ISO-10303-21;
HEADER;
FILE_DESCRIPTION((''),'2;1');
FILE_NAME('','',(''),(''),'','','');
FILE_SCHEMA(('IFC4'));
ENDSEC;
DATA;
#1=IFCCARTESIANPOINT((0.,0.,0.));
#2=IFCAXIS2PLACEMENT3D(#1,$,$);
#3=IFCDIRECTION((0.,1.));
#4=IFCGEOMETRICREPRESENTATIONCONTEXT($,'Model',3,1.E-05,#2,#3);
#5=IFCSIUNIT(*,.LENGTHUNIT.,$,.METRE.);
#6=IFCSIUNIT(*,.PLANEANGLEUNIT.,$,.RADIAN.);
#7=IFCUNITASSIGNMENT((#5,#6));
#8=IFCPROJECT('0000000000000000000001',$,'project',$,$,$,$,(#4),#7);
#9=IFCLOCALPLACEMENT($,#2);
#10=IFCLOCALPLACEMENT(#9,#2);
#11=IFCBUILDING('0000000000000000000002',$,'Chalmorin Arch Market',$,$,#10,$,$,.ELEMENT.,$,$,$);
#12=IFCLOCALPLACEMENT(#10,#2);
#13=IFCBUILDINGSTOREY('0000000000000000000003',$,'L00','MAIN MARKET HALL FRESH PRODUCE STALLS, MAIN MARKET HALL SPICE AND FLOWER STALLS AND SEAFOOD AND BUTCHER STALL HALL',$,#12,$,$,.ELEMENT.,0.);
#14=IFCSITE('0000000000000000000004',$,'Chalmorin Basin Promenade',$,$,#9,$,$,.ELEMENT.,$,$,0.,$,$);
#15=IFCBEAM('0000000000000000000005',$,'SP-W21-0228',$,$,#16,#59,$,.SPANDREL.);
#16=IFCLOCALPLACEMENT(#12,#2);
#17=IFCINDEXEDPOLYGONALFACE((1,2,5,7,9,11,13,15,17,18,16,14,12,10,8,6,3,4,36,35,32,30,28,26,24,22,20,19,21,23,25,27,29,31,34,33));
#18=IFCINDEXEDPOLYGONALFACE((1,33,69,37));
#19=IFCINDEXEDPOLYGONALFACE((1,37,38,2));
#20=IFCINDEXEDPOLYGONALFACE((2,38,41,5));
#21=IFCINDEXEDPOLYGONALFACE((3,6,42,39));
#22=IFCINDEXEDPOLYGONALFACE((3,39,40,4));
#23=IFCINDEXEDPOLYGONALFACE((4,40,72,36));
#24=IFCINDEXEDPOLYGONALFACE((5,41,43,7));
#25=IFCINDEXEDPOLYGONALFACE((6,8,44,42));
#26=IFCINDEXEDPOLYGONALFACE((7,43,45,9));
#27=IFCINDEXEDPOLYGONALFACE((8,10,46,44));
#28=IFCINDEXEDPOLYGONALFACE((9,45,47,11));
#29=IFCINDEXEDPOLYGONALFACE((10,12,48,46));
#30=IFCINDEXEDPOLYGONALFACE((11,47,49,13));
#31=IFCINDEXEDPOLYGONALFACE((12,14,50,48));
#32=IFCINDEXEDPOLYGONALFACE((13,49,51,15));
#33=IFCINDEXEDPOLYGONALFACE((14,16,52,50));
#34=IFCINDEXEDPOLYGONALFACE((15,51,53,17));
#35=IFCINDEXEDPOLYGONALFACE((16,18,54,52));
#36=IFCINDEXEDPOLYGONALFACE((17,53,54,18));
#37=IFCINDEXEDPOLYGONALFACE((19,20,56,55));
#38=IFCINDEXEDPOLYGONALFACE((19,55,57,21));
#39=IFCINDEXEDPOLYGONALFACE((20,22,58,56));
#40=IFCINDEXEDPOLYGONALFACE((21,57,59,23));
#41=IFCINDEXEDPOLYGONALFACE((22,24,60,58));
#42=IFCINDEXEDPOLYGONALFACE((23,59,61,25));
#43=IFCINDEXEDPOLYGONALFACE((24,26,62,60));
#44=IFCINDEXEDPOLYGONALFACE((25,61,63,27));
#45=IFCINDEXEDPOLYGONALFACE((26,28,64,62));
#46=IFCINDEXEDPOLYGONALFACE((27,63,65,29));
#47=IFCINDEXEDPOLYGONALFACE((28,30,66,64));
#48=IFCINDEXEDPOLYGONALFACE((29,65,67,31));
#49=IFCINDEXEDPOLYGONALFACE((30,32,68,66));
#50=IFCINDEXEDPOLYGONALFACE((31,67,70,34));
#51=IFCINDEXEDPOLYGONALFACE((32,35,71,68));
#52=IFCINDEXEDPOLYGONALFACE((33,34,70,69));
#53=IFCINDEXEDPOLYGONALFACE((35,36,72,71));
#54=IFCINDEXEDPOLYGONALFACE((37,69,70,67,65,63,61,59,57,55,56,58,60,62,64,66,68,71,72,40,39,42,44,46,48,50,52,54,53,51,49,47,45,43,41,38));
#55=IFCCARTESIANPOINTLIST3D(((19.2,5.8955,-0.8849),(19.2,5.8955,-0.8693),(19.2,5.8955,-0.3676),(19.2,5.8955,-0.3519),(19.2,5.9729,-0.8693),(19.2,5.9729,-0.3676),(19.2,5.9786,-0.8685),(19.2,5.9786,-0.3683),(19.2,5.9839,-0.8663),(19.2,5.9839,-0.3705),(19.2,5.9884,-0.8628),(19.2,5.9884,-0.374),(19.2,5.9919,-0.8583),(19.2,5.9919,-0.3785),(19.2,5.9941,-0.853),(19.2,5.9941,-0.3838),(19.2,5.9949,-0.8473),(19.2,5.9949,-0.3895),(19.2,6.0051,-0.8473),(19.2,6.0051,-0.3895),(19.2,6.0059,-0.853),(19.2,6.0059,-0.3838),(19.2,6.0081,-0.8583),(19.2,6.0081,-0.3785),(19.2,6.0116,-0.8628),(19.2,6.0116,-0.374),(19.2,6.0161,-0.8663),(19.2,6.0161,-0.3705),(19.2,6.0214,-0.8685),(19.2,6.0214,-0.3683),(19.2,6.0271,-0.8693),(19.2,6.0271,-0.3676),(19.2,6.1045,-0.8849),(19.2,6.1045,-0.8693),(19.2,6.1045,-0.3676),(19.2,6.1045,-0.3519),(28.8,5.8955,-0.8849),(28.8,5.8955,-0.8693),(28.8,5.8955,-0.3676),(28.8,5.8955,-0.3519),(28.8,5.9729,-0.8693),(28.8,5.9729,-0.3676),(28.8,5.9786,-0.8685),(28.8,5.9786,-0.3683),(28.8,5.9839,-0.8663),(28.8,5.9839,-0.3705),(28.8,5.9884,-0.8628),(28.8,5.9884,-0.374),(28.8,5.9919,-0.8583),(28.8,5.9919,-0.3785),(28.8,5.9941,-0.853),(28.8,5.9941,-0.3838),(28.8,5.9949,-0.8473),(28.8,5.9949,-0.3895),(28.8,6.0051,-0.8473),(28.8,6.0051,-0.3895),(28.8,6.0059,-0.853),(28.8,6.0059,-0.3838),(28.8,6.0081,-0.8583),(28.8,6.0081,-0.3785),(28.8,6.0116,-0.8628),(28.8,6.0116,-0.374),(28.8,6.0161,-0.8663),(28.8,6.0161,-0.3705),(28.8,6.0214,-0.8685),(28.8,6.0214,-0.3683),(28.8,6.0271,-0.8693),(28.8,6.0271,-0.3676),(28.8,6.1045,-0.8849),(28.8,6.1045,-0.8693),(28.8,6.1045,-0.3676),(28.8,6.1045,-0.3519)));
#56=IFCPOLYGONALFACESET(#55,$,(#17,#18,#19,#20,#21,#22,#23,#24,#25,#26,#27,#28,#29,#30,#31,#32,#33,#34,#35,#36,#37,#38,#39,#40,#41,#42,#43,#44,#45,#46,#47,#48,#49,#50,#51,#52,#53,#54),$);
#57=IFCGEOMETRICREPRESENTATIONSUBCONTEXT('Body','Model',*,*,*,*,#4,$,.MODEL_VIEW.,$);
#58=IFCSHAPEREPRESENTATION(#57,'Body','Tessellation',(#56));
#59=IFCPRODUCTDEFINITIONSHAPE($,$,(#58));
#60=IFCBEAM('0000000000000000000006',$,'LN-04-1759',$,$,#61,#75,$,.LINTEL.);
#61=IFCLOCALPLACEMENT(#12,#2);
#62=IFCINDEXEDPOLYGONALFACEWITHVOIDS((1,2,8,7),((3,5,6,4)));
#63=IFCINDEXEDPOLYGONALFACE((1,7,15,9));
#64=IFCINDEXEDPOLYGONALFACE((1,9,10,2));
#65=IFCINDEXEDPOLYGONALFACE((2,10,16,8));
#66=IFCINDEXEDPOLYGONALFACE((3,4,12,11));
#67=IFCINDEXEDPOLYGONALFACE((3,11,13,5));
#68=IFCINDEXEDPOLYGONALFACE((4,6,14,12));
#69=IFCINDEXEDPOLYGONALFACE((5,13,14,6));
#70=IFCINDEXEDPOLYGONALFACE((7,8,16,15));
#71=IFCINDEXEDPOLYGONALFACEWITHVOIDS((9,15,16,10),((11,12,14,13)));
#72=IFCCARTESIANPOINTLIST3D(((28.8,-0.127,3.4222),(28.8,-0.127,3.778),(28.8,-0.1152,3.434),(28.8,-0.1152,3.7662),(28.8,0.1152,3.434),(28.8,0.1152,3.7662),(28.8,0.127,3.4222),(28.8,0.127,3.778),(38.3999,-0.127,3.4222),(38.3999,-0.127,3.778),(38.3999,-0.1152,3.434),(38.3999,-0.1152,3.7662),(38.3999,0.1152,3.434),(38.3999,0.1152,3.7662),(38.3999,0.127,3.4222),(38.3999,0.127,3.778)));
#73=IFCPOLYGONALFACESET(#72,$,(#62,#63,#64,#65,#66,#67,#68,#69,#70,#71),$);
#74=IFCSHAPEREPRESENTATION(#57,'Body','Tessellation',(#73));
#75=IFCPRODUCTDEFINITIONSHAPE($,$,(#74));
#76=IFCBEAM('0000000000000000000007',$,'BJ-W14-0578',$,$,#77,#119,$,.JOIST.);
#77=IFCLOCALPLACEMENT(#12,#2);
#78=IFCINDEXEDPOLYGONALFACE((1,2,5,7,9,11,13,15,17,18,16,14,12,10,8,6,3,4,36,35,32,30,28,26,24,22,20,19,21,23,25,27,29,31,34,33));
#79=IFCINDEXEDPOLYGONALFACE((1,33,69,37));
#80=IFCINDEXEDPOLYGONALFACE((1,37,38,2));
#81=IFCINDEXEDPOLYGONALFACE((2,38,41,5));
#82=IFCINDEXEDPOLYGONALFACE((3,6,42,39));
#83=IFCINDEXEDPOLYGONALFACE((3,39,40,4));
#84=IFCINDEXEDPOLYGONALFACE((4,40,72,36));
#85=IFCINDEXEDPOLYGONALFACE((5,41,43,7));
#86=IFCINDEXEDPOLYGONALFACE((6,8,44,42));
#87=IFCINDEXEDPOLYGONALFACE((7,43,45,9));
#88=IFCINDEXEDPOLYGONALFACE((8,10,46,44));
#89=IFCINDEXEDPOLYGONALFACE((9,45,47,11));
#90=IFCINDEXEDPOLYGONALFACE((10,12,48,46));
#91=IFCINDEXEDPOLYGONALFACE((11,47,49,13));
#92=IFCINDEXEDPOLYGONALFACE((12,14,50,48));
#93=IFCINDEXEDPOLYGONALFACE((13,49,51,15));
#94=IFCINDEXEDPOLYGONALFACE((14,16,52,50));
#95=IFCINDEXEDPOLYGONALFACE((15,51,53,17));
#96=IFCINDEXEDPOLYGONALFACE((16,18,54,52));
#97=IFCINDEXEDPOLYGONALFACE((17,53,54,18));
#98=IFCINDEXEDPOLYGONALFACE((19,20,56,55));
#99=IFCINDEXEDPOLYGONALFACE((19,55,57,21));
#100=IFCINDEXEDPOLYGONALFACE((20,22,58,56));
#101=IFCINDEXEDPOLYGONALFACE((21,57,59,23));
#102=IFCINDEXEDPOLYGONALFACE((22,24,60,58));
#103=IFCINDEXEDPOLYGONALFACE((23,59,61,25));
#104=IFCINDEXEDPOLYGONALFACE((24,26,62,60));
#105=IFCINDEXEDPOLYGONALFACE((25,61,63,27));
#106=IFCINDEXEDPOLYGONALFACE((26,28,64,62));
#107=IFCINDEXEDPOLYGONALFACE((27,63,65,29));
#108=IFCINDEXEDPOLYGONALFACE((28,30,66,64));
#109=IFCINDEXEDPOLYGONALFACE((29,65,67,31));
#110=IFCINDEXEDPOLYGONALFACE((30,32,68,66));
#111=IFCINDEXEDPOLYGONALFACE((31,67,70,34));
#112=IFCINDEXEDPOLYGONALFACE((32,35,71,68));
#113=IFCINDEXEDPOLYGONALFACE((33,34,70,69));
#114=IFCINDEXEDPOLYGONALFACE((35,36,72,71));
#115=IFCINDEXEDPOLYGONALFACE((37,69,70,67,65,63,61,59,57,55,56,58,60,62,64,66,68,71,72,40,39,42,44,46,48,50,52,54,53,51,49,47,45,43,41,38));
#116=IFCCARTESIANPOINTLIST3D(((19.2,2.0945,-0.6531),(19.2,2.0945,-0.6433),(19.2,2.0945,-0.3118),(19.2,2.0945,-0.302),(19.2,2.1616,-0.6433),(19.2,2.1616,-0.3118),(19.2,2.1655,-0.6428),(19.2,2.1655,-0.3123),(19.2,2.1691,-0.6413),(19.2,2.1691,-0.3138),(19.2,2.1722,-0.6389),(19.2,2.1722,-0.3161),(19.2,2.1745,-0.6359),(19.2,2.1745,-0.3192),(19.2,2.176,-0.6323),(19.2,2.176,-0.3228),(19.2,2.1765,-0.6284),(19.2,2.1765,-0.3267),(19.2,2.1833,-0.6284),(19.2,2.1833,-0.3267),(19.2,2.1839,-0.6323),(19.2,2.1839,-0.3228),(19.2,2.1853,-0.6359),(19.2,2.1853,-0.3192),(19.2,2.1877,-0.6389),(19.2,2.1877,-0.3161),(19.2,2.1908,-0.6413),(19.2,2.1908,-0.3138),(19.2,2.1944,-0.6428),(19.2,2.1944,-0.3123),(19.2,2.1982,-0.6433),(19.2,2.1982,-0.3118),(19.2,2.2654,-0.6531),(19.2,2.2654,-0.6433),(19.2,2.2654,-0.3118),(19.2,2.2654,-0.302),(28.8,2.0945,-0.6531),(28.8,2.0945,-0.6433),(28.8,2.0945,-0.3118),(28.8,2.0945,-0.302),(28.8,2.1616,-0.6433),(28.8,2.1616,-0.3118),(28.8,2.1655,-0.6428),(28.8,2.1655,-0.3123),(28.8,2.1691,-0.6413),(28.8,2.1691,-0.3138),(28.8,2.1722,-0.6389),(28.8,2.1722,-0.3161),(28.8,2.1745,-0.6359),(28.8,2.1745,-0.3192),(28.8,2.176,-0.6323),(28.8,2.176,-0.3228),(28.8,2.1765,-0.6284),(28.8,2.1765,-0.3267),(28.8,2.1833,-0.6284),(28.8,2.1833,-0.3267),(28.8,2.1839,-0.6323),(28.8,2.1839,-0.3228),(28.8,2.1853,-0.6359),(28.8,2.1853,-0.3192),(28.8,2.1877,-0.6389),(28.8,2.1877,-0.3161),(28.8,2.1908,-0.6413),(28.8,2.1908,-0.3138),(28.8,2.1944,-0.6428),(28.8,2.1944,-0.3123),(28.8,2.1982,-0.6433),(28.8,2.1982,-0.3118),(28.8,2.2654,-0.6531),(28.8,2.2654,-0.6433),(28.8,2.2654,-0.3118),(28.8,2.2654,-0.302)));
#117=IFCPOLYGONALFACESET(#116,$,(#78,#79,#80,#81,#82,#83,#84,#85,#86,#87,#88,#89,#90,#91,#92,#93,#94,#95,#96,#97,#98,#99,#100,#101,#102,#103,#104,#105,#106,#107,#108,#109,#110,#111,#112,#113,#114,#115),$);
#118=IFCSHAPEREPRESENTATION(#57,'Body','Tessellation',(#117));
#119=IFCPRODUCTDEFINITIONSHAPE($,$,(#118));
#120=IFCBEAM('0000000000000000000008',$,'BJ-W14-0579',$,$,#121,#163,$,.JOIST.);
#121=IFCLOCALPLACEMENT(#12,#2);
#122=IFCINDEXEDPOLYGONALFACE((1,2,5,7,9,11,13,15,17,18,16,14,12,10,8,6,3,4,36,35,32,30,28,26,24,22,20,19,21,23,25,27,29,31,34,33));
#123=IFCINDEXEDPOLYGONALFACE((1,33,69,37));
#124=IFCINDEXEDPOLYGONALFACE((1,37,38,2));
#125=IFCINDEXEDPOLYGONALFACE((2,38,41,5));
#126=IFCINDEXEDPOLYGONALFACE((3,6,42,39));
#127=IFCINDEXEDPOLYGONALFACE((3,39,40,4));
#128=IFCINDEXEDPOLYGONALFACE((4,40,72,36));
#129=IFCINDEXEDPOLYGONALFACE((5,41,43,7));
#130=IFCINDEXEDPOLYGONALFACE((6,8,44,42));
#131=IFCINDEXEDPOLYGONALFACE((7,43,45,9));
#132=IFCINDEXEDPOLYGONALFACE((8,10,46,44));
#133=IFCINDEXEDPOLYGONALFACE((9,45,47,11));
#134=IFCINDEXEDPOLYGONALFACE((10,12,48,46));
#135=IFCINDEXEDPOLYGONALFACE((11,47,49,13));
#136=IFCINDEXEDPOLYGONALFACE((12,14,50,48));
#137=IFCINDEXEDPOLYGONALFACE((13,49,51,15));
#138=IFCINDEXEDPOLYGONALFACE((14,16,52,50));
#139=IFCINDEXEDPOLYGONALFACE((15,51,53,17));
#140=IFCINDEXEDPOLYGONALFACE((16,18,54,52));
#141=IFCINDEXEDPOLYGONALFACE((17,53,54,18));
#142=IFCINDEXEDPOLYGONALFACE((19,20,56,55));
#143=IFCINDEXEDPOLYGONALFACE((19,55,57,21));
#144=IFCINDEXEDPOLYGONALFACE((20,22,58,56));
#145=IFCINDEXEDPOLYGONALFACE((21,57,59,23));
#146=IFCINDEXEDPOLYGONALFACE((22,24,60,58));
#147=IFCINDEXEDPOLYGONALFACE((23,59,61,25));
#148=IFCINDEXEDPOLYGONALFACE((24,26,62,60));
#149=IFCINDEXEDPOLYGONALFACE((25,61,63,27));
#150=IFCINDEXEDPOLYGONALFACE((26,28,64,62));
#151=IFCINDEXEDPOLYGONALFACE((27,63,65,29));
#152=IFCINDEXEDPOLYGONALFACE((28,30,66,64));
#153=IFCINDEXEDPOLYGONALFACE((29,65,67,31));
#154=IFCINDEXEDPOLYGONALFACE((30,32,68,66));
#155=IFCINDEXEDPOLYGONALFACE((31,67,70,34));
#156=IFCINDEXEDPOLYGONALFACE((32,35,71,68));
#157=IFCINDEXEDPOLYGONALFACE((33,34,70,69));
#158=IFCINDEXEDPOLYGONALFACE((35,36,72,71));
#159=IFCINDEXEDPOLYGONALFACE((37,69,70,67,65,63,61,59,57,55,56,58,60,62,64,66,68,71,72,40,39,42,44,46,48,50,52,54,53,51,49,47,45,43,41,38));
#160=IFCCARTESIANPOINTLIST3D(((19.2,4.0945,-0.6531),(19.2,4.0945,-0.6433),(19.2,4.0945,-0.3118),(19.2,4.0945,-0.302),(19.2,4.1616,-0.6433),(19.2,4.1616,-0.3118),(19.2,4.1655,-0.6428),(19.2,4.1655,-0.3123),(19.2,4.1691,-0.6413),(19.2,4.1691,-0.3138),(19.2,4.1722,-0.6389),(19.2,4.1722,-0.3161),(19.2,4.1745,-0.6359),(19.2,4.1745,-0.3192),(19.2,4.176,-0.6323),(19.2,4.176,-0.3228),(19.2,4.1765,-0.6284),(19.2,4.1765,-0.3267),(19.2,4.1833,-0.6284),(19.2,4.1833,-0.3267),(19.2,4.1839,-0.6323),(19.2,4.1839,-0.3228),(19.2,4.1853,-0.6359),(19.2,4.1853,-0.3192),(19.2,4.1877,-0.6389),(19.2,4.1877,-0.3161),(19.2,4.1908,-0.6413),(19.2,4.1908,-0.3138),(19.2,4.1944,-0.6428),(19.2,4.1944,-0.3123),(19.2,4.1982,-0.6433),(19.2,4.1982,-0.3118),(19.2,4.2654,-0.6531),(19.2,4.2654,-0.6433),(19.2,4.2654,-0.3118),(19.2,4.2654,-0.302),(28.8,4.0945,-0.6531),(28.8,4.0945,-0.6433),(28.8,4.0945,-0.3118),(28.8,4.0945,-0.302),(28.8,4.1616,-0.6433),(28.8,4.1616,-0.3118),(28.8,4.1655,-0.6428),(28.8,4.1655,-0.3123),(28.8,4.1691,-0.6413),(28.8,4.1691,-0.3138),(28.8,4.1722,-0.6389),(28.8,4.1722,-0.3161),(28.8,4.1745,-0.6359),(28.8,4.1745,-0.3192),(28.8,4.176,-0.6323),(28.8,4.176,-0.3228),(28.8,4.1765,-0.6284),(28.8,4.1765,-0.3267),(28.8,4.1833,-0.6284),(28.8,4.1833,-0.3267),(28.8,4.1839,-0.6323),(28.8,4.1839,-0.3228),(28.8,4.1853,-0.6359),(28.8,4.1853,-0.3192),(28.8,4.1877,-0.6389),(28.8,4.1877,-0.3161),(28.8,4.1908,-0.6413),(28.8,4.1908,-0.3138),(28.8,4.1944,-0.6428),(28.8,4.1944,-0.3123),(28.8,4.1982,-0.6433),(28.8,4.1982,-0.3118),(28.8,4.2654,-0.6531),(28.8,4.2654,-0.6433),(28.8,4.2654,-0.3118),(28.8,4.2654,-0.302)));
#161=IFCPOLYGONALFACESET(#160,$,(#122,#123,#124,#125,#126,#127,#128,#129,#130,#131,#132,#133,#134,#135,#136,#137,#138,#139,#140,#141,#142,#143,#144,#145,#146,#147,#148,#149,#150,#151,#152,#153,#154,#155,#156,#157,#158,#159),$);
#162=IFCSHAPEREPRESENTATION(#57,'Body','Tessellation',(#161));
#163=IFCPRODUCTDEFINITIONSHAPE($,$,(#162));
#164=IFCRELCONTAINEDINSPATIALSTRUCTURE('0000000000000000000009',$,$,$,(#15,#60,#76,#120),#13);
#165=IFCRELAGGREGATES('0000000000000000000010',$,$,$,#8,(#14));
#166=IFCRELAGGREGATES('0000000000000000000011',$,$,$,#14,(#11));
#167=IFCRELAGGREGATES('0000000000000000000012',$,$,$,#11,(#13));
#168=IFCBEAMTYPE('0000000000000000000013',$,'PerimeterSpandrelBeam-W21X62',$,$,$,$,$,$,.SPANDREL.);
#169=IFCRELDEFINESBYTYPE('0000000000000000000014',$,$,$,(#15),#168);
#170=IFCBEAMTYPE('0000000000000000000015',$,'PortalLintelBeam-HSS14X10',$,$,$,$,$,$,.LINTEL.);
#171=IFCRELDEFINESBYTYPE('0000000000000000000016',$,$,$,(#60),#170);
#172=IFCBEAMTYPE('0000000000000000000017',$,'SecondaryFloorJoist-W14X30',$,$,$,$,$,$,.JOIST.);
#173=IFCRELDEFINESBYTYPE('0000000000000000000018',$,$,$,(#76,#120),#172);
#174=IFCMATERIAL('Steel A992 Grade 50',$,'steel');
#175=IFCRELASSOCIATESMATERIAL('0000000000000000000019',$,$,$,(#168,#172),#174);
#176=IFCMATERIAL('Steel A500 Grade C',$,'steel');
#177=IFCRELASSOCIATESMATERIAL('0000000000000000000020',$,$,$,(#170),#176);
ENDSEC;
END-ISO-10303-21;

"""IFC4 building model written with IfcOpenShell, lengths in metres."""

from ifc_helpers import new_model, si_unit, direction, frame, origin, origin_2d, place, context, subcontext, project, spatial, hollow_rectangle, i_section, extrude, material, material_profile, profile_set, type_object, element, save


model = new_model("IFC4")

# Units and contexts
model_context = context("Model", 3, precision=1e-05, world=origin(), true_north=direction((0.0, 1.0)))
body_context = subcontext(model_context, "Body", "Model", "MODEL_VIEW")
ifc_project = project(units=[si_unit("LENGTHUNIT", "METRE"), si_unit("PLANEANGLEUNIT", "RADIAN")], contexts=[model_context])

# Site, building, storey
site_placement = place(None, origin())
site = spatial("IfcSite", under=ifc_project, at=site_placement, Name="Chalmorin Basin Promenade", CompositionType="ELEMENT", RefElevation=0.0)
building_placement = place(site_placement, origin())
building = spatial("IfcBuilding", under=site, at=building_placement, Name="Chalmorin Arch Market", CompositionType="ELEMENT")
storey_placement = place(building_placement, origin())
storey = spatial("IfcBuildingStorey", under=building, at=storey_placement, Name="L00", Description="MAIN MARKET HALL FRESH PRODUCE STALLS, MAIN MARKET HALL SPICE AND FLOWER STALLS AND SEAFOOD AND BUTCHER STALL HALL", CompositionType="ELEMENT", Elevation=0.0)

# Shared definitions
ifc_material_1 = material(Name="Steel A500 Grade C", Category="steel")

# Beams
ifc_material_2 = material(Name="Steel A992 Grade 50", Category="steel")
ifc_material_profile_1 = material_profile(ifc_material_2, i_section(OverallWidth=0.209, OverallDepth=0.533, WebThickness=0.0103, FlangeThickness=0.0156, FilletRadius=0.022, at=origin_2d()), Name="W21X62")
ifc_profile_set_1 = profile_set([ifc_material_profile_1], Name="Steel A992 Grade 50")
beam_type_1 = type_object("IfcBeamType", Name="PerimeterSpandrelBeam-W21X62", PredefinedType="SPANDREL", material=ifc_profile_set_1)
beam_1_placement = place(storey_placement, frame((19.2, 6.0, -0.6184), z_axis=(1.0, 0.0, 0.0), x_axis=(0.0, 1.0, 0.0)))
element("IfcBeam", 1, at=beam_1_placement, inside=storey, type_object=beam_type_1, Name="SP-W21-0228", PredefinedType="SPANDREL", context=body_context, shape_type="SweptSolid", body=[
    extrude(i_section(OverallWidth=0.209, OverallDepth=0.533, WebThickness=0.0103, FlangeThickness=0.0156, FilletRadius=0.022, at=origin_2d()), origin(), (0.0, 0.0, 1.0), 9.6001),
])
ifc_material_profile_2 = material_profile(ifc_material_1, hollow_rectangle(XDim=0.2539, YDim=0.3557, WallThickness=0.0117, at=origin_2d()), Name="HSS14X10X1/2")
ifc_profile_set_2 = profile_set([ifc_material_profile_2], Name="Steel A500 Grade C")
beam_type_2 = type_object("IfcBeamType", Name="PortalLintelBeam-HSS14X10", PredefinedType="LINTEL", material=ifc_profile_set_2)
beam_2_placement = place(storey_placement, frame((28.8, 0.0, 3.6001), z_axis=(1.0, 0.0, 0.0), x_axis=(0.0, 1.0, 0.0)))
element("IfcBeam", 2, at=beam_2_placement, inside=storey, type_object=beam_type_2, Name="LN-04-1759", PredefinedType="LINTEL", context=body_context, shape_type="SweptSolid", body=[
    extrude(hollow_rectangle(XDim=0.2539, YDim=0.3557, WallThickness=0.0117, at=origin_2d()), origin(), (0.0, 0.0, 1.0), 9.5999),
])
ifc_material_profile_3 = material_profile(ifc_material_2, i_section(OverallWidth=0.1709, OverallDepth=0.3511, WebThickness=0.0068, FlangeThickness=0.0098, FilletRadius=0.0149, at=origin_2d()), Name="W14X30")
ifc_profile_set_3 = profile_set([ifc_material_profile_3], Name="Steel A992 Grade 50")
beam_type_3 = type_object("IfcBeamType", Name="SecondaryFloorJoist-W14X30", PredefinedType="JOIST", material=ifc_profile_set_3)
for number, where, z_axis, x_axis, name in (
    (3, (19.2, 2.1799, -0.4775), (1.0, 0.0, 0.0), (0.0, 1.0, 0.0), "BJ-W14-0578"),
    (4, (19.2, 4.1799, -0.4775), (1.0, 0.0, 0.0), (0.0, 1.0, 0.0), "BJ-W14-0579"),
):
    element("IfcBeam", number, at=place(storey_placement, frame(where, z_axis=z_axis, x_axis=x_axis)), inside=storey, type_object=beam_type_3, Name=name, PredefinedType="JOIST", context=body_context, shape_type="SweptSolid", body=[
        extrude(i_section(OverallWidth=0.1709, OverallDepth=0.3511, WebThickness=0.0068, FlangeThickness=0.0098, FilletRadius=0.0149, at=origin_2d()), origin(), (0.0, 0.0, 1.0), 9.6001),
    ])

save(model, "model.ifc")
